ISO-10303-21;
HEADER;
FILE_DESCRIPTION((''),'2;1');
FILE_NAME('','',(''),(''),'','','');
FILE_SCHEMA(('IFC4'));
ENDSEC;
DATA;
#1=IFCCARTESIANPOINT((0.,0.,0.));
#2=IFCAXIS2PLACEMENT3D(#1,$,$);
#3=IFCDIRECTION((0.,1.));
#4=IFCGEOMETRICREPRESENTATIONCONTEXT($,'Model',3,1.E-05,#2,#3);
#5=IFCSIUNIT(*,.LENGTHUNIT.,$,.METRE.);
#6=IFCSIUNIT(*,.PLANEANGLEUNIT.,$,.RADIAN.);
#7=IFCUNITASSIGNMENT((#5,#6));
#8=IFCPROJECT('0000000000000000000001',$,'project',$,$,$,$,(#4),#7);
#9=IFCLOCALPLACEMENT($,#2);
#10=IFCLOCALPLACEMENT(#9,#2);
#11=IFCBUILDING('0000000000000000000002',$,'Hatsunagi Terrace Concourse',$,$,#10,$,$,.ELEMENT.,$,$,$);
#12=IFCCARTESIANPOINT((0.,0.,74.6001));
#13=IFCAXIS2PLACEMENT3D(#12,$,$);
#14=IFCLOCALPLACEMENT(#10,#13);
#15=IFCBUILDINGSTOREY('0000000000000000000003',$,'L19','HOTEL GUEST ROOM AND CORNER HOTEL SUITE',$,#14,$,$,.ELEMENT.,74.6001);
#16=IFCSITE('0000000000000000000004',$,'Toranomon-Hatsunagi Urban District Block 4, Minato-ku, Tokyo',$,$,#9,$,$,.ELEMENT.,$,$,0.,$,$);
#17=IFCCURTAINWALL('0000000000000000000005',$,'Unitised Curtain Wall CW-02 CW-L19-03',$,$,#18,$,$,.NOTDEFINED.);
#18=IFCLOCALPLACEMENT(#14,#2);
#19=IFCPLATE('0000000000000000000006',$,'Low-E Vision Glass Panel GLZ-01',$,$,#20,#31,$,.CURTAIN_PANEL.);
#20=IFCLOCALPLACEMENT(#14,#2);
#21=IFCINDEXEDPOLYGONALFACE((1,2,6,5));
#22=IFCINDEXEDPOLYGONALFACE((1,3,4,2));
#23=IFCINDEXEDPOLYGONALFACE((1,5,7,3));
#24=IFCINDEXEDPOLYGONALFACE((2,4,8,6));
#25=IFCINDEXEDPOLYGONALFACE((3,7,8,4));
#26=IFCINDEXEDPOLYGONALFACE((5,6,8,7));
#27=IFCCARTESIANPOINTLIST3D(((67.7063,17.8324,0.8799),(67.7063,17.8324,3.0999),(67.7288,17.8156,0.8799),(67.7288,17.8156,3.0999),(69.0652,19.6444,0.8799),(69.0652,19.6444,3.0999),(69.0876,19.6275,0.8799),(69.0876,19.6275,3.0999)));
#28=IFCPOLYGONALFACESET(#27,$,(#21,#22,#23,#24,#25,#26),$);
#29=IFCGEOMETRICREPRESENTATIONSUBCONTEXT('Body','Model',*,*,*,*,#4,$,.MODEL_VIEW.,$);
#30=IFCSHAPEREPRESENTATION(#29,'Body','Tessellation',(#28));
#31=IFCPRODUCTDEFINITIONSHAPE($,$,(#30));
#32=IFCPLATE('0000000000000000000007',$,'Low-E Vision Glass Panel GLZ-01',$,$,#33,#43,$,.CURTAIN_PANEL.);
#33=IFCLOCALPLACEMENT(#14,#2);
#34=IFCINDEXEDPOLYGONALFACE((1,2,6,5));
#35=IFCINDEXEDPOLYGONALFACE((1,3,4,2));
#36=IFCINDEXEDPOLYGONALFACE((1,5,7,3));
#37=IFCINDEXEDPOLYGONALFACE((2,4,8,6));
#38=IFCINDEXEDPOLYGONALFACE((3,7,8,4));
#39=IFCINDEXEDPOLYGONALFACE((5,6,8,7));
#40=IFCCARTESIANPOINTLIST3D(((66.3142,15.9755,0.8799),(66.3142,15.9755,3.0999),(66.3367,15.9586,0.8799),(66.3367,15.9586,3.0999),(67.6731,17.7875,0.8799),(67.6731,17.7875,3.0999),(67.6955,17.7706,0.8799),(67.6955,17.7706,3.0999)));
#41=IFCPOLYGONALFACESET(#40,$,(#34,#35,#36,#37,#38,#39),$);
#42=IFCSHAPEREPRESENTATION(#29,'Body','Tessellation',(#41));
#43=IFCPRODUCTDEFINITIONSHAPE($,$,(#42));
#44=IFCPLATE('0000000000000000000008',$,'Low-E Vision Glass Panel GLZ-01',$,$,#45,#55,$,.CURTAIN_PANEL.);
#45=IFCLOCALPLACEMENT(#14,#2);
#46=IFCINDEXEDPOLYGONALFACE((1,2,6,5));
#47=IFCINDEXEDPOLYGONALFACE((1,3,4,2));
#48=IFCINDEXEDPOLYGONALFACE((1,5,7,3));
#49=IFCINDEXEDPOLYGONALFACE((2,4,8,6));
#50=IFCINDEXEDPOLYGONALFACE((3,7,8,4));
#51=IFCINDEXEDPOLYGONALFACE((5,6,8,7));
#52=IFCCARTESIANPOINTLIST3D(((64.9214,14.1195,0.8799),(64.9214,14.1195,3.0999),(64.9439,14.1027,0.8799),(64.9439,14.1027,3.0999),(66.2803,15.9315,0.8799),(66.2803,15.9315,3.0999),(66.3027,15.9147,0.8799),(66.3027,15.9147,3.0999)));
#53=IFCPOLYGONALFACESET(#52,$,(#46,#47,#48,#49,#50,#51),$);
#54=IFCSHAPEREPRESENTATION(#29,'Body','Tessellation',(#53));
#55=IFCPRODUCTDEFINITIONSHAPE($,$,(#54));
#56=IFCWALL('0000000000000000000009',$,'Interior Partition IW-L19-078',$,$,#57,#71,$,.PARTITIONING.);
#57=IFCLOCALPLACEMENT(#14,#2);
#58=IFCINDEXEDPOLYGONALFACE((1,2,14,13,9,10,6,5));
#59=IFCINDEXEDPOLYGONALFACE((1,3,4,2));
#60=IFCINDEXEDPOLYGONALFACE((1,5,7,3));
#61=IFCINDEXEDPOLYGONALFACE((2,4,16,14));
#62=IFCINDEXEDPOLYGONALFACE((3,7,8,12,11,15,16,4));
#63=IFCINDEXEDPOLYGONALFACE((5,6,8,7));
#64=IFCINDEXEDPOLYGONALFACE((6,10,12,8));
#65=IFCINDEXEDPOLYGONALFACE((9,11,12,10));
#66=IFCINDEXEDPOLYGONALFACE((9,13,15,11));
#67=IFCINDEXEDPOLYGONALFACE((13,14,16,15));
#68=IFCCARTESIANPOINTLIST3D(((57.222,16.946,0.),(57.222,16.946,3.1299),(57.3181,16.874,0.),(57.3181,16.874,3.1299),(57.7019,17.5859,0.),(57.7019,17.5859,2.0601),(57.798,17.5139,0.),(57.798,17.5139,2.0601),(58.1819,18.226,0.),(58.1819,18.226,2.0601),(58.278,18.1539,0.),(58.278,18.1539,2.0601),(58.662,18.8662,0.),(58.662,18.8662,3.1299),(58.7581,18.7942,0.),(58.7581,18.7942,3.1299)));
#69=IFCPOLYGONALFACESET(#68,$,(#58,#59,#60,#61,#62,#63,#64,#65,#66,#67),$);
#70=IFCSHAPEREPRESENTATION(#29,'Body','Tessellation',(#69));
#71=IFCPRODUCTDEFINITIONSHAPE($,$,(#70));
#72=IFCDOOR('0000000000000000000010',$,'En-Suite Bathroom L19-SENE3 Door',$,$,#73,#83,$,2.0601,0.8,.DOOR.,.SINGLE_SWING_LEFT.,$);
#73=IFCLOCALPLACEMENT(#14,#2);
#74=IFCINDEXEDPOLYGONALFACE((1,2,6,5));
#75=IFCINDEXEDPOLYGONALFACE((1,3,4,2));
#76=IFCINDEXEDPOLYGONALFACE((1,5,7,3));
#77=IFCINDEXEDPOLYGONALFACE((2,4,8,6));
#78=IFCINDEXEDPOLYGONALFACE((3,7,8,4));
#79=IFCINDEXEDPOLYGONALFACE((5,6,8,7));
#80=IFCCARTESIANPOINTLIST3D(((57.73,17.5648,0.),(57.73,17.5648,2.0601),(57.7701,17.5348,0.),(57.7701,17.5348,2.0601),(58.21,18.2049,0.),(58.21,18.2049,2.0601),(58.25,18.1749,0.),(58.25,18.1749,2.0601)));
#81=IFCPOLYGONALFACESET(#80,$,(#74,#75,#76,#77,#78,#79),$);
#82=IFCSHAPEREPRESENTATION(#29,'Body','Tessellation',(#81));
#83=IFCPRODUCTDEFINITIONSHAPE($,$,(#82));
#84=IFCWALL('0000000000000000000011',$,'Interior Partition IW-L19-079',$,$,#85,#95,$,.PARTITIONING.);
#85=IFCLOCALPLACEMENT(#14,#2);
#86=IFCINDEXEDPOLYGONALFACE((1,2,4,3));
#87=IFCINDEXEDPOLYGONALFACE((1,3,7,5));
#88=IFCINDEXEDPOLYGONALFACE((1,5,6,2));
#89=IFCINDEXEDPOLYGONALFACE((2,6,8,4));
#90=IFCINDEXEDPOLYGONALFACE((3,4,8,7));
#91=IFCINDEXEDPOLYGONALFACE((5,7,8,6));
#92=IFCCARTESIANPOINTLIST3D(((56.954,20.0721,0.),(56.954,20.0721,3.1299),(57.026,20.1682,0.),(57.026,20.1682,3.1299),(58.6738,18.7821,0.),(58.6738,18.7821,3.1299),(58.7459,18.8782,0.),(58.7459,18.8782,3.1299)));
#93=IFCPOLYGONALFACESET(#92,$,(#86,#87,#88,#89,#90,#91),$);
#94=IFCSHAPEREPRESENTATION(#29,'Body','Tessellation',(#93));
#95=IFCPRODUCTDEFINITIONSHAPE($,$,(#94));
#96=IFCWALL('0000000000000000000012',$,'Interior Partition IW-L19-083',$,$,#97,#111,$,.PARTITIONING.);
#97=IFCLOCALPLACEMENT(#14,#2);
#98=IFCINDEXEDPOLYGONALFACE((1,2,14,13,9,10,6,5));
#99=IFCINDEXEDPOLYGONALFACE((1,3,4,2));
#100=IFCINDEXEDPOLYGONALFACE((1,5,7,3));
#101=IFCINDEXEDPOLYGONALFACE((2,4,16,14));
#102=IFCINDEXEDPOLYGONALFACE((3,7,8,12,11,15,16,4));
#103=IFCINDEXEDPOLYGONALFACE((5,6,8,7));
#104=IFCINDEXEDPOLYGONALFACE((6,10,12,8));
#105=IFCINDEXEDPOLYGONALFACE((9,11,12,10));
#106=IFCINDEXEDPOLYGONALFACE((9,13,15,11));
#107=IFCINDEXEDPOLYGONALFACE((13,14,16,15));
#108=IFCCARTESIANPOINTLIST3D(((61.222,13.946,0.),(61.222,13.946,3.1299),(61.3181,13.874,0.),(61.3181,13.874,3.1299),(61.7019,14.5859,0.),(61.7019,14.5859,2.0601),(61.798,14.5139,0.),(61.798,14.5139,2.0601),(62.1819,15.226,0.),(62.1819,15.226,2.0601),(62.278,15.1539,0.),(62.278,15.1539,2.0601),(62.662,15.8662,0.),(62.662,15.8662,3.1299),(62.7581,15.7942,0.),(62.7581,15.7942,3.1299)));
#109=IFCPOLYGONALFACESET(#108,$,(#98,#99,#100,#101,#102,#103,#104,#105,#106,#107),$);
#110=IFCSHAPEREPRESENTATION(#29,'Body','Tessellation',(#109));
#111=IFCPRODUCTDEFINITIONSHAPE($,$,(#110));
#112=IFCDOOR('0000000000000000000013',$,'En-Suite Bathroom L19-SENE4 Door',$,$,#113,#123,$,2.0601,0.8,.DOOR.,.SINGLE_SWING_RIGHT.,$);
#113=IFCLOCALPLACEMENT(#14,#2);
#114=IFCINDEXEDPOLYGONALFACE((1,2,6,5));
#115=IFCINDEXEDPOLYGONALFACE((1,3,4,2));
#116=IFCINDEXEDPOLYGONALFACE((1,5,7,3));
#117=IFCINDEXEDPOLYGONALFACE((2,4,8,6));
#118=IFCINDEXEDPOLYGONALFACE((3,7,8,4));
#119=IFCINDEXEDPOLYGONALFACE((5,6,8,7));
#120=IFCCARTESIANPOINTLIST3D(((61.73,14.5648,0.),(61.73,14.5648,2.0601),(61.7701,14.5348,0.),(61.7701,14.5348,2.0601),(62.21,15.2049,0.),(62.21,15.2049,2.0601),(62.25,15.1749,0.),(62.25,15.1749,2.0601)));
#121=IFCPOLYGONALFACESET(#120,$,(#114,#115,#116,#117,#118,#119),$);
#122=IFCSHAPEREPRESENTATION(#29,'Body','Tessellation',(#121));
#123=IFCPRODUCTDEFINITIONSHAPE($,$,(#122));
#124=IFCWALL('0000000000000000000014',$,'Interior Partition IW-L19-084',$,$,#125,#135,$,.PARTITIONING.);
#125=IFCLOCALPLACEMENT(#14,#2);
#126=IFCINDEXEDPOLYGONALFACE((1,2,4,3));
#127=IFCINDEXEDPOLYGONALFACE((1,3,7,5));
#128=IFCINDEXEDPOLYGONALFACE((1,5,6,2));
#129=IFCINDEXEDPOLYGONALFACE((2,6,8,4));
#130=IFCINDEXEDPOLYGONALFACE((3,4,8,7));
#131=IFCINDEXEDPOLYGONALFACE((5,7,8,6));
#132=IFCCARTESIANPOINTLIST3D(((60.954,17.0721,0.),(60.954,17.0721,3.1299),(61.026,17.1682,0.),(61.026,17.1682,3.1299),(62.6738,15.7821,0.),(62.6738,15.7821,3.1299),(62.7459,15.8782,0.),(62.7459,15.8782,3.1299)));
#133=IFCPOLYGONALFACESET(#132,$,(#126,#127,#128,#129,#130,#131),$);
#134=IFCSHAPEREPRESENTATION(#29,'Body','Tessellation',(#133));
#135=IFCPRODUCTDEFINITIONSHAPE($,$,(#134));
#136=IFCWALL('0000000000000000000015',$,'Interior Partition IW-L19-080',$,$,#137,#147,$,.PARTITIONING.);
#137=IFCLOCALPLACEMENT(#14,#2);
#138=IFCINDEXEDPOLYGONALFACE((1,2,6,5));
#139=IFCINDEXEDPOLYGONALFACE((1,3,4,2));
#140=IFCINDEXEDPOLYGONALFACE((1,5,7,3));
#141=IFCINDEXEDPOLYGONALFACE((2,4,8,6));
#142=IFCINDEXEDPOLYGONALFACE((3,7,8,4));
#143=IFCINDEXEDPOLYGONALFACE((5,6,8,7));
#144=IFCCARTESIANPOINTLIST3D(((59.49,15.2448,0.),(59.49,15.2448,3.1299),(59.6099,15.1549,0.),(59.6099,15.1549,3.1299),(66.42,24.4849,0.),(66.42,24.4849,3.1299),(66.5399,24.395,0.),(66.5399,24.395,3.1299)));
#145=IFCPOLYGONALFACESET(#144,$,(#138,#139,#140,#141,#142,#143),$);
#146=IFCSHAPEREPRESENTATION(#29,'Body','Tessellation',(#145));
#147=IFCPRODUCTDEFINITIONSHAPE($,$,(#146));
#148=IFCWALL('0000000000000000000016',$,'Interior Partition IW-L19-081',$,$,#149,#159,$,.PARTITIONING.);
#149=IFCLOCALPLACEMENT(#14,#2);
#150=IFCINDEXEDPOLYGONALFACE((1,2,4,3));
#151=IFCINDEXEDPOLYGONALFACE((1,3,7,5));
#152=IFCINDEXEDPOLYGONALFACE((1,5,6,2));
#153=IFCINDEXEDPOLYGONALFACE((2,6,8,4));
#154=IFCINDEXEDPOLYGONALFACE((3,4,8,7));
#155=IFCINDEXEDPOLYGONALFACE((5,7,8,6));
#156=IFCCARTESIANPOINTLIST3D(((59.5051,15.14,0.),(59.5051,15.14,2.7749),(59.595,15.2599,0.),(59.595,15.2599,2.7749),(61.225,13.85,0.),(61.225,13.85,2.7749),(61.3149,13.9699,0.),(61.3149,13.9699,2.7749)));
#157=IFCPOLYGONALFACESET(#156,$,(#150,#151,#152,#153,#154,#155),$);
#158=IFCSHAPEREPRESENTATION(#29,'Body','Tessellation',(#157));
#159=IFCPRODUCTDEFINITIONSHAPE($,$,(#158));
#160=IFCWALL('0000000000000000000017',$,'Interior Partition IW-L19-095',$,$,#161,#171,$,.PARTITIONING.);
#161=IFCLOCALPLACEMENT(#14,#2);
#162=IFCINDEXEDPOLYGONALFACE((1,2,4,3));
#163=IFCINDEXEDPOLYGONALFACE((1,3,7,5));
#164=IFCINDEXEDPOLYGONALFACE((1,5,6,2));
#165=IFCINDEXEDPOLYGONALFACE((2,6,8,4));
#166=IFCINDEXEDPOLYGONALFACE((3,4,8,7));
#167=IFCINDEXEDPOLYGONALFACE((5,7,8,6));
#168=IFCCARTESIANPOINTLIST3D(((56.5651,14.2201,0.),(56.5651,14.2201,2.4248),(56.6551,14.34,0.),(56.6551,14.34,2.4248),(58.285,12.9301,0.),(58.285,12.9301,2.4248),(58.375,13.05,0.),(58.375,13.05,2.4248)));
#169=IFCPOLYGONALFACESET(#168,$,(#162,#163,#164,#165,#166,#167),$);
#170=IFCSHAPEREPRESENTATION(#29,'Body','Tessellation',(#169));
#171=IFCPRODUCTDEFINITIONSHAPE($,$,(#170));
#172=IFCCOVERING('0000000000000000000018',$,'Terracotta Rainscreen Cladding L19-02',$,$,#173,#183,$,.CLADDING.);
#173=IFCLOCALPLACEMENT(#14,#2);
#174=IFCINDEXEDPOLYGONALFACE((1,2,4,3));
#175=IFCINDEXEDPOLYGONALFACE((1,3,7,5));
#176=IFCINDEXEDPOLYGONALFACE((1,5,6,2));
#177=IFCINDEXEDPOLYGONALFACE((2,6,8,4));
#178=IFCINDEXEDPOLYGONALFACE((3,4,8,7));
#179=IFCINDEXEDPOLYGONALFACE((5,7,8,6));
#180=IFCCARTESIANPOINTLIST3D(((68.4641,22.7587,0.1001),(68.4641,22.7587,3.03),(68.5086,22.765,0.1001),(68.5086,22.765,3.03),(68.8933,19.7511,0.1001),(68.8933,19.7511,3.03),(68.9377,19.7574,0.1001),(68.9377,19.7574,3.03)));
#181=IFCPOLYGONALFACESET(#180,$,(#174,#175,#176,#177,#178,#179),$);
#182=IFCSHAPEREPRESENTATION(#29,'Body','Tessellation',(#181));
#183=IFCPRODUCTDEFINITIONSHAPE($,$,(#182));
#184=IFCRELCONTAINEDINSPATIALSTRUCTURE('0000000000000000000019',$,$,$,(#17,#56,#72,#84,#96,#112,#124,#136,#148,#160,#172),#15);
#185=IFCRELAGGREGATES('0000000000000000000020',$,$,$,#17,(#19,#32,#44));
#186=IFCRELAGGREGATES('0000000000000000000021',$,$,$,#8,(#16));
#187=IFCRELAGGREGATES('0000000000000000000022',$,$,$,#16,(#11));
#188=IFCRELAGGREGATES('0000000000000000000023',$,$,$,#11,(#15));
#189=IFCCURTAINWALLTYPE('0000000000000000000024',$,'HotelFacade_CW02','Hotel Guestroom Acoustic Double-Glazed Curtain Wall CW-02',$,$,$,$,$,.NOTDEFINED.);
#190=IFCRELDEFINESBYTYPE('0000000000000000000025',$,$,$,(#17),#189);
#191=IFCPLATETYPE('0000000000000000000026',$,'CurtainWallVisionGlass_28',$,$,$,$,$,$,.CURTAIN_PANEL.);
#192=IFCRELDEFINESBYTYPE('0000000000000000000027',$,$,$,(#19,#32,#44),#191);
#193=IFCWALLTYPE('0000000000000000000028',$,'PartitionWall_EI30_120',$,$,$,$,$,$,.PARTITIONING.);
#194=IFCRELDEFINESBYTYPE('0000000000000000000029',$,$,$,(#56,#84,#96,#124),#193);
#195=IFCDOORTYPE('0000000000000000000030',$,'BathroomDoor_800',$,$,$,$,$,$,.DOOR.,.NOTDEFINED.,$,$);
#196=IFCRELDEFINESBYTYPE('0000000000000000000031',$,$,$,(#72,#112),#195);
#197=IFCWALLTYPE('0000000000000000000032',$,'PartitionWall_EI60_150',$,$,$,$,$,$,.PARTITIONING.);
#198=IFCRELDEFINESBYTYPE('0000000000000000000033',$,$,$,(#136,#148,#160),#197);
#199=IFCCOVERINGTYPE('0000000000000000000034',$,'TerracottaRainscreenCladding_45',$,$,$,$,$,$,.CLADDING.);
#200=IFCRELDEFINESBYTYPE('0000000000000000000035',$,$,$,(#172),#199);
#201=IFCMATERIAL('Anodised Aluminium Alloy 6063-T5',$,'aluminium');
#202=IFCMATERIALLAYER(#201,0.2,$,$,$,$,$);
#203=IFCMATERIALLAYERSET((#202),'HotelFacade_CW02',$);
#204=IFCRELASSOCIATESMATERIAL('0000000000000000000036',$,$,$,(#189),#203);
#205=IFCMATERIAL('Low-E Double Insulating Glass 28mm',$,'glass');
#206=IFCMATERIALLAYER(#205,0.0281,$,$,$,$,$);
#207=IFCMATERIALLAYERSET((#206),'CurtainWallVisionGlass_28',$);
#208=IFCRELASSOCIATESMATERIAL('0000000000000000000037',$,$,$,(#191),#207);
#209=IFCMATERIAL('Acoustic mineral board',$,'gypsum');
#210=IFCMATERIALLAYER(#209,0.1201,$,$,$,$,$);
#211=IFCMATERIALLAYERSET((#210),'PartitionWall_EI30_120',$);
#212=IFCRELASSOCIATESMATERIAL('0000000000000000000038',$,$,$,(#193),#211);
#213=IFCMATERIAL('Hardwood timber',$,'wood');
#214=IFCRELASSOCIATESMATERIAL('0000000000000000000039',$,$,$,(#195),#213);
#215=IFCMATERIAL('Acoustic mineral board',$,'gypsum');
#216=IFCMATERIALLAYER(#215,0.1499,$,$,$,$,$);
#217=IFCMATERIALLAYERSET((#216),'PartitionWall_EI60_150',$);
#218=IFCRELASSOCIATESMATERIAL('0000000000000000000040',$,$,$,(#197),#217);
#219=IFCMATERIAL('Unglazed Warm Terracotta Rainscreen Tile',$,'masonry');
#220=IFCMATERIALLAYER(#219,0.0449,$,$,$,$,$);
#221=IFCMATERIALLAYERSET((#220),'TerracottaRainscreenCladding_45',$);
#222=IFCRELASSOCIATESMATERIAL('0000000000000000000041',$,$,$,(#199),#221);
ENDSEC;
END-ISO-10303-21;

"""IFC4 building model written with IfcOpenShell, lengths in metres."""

from ifc_helpers import new_model, si_unit, direction, frame, frame_2d, origin, origin_2d, place, context, subcontext, project, spatial, rectangle, extrude, material, layer, layer_set, type_object, element, fill, aggregate, save


model = new_model("IFC4")

# Units and contexts
model_context = context("Model", 3, precision=1e-05, world=origin(), true_north=direction((0.0, 1.0)))
body_context = subcontext(model_context, "Body", "Model", "MODEL_VIEW")
ifc_project = project(units=[si_unit("LENGTHUNIT", "METRE"), si_unit("PLANEANGLEUNIT", "RADIAN")], contexts=[model_context])

# Site, building, storey
site_placement = place(None, origin())
site = spatial("IfcSite", under=ifc_project, at=site_placement, Name="Toranomon-Hatsunagi Urban District Block 4, Minato-ku, Tokyo", CompositionType="ELEMENT", RefElevation=0.0)
building_placement = place(site_placement, origin())
building = spatial("IfcBuilding", under=site, at=building_placement, Name="Hatsunagi Terrace Concourse", CompositionType="ELEMENT")
storey_placement = place(building_placement, frame((0.0, 0.0, 74.6001)))
storey = spatial("IfcBuildingStorey", under=building, at=storey_placement, Name="L19", Description="HOTEL GUEST ROOM AND CORNER HOTEL SUITE", CompositionType="ELEMENT", Elevation=74.6001)

# Curtain wall, plates
ifc_material_1 = material(Name="Anodised Aluminium Alloy 6063-T5", Category="aluminium")
ifc_layer_1 = layer(ifc_material_1, 0.2)
ifc_layer_set_1 = layer_set([ifc_layer_1], Name="HotelFacade_CW02")
curtain_wall_type = type_object("IfcCurtainWallType", Name="HotelFacade_CW02", Description="Hotel Guestroom Acoustic Double-Glazed Curtain Wall CW-02", PredefinedType="NOTDEFINED", material=ifc_layer_set_1)
curtain_wall_placement = place(storey_placement, origin())
curtain_wall = element("IfcCurtainWall", 1, at=curtain_wall_placement, inside=storey, type_object=curtain_wall_type, Name="Unitised Curtain Wall CW-02 CW-L19-03", PredefinedType="NOTDEFINED")
ifc_material_2 = material(Name="Low-E Double Insulating Glass 28mm", Category="glass")
ifc_layer_2 = layer(ifc_material_2, 0.0281)
ifc_layer_set_2 = layer_set([ifc_layer_2], Name="CurtainWallVisionGlass_28")
plate_type_1 = type_object("IfcPlateType", Name="CurtainWallVisionGlass_28", PredefinedType="CURTAIN_PANEL", material=ifc_layer_set_2)
plate_1_placement = place(storey_placement, frame((68.397, 18.73, 0.8799), z_axis=(0.0, 0.0, 1.0), x_axis=(-0.599969, -0.800023, 0.0)))
plate_1 = element("IfcPlate", 2, at=plate_1_placement, type_object=plate_type_1, Name="Low-E Vision Glass Panel GLZ-01", PredefinedType="CURTAIN_PANEL", context=body_context, shape_type="SweptSolid", body=[
    extrude(rectangle(XDim=2.2649, YDim=0.0281, at=origin_2d()), origin(), (0.0, 0.0, 1.0), 2.22),
])
plate_2_placement = place(storey_placement, frame((67.0049, 16.873, 0.8799), z_axis=(0.0, 0.0, 1.0), x_axis=(-0.599969, -0.800023, 0.0)))
plate_2 = element("IfcPlate", 3, at=plate_2_placement, type_object=plate_type_1, Name="Low-E Vision Glass Panel GLZ-01", PredefinedType="CURTAIN_PANEL", context=body_context, shape_type="SweptSolid", body=[
    extrude(rectangle(XDim=2.2649, YDim=0.0281, at=origin_2d()), origin(), (0.0, 0.0, 1.0), 2.22),
])
plate_3_placement = place(storey_placement, frame((65.6121, 15.0171, 0.8799), z_axis=(0.0, 0.0, 1.0), x_axis=(-0.599969, -0.800023, 0.0)))
plate_3 = element("IfcPlate", 4, at=plate_3_placement, type_object=plate_type_1, Name="Low-E Vision Glass Panel GLZ-01", PredefinedType="CURTAIN_PANEL", context=body_context, shape_type="SweptSolid", body=[
    extrude(rectangle(XDim=2.2649, YDim=0.0281, at=origin_2d()), origin(), (0.0, 0.0, 1.0), 2.22),
])
aggregate(curtain_wall, [plate_1, plate_2, plate_3])

# Wall, opening, door
ifc_material_3 = material(Name="Acoustic mineral board", Category="gypsum")
ifc_layer_3 = layer(ifc_material_3, 0.1201)
ifc_layer_set_3 = layer_set([ifc_layer_3], Name="PartitionWall_EI30_120")
wall_type_1 = type_object("IfcWallType", Name="PartitionWall_EI30_120", PredefinedType="PARTITIONING", material=ifc_layer_set_3)
wall_1_placement = place(storey_placement, frame((57.27, 16.9099, 0.0), z_axis=(0.0, 0.0, 1.0), x_axis=(0.599951, 0.800037, 0.0)))
wall_1 = element("IfcWall", 5, at=wall_1_placement, inside=storey, type_object=wall_type_1, Name="Interior Partition IW-L19-078", PredefinedType="PARTITIONING", context=body_context, shape_type="SweptSolid", body=[
    extrude(rectangle(XDim=2.4001, YDim=0.1201, at=frame_2d((1.2002, 0.0))), origin(), (0.0, 0.0, 1.0), 3.1299),
])
opening_1_placement = place(wall_1_placement, frame((0.8, 0.0, 0.0)))
opening_1 = element("IfcOpeningElement", 6, at=opening_1_placement, cuts=wall_1, PredefinedType="OPENING", context=body_context, shape_type="SweptSolid", body=[
    extrude(rectangle(XDim=0.8, YDim=2.0601, at=frame_2d((0.3999, 1.03))), frame((0.0, 0.0701, 0.0), z_axis=(0.0, -1.0, 0.0), x_axis=(1.0, 0.0, 0.0)), (0.0, 0.0, 1.0), 0.1401),
])
ifc_material_4 = material(Name="Hardwood timber", Category="wood")
door_type_1 = type_object("IfcDoorType", Name="BathroomDoor_800", OperationType="NOTDEFINED", PredefinedType="DOOR", material=ifc_material_4)
door_1_placement = place(opening_1_placement, origin())
door_1 = element("IfcDoor", 7, at=door_1_placement, inside=storey, type_object=door_type_1, Name="En-Suite Bathroom L19-SENE3 Door", OperationType="SINGLE_SWING_LEFT", OverallHeight=2.0601, OverallWidth=0.8, PredefinedType="DOOR", context=body_context, shape_type="SweptSolid", body=[
    extrude(rectangle(XDim=0.8, YDim=2.0601, at=frame_2d((0.3999, 1.03))), frame((0.0, 0.0249, 0.0), z_axis=(0.0, -1.0, 0.0), x_axis=(1.0, 0.0, 0.0)), (0.0, 0.0, 1.0), 0.05),
])
fill(opening_1, door_1)

# Wall
wall_2_placement = place(storey_placement, frame((56.99, 20.1201, 0.0), z_axis=(0.0, 0.0, 1.0), x_axis=(0.799986, -0.600018, 0.0)))
element("IfcWall", 8, at=wall_2_placement, inside=storey, type_object=wall_type_1, Name="Interior Partition IW-L19-079", PredefinedType="PARTITIONING", context=body_context, shape_type="SweptSolid", body=[
    extrude(rectangle(XDim=2.1499, YDim=0.1201, at=frame_2d((1.075, 0.0))), origin(), (0.0, 0.0, 1.0), 3.1299),
])

# Wall, opening, door
wall_3_placement = place(storey_placement, frame((61.27, 13.9099, 0.0), z_axis=(0.0, 0.0, 1.0), x_axis=(0.599951, 0.800037, 0.0)))
wall_3 = element("IfcWall", 9, at=wall_3_placement, inside=storey, type_object=wall_type_1, Name="Interior Partition IW-L19-083", PredefinedType="PARTITIONING", context=body_context, shape_type="SweptSolid", body=[
    extrude(rectangle(XDim=2.4001, YDim=0.1201, at=frame_2d((1.2002, 0.0))), origin(), (0.0, 0.0, 1.0), 3.1299),
])
opening_2_placement = place(wall_3_placement, frame((0.8, 0.0, 0.0)))
opening_2 = element("IfcOpeningElement", 10, at=opening_2_placement, cuts=wall_3, PredefinedType="OPENING", context=body_context, shape_type="SweptSolid", body=[
    extrude(rectangle(XDim=0.8, YDim=2.0601, at=frame_2d((0.3999, 1.03))), frame((0.0, 0.0701, 0.0), z_axis=(0.0, -1.0, 0.0), x_axis=(1.0, 0.0, 0.0)), (0.0, 0.0, 1.0), 0.1401),
])
door_2_placement = place(opening_2_placement, origin())
door_2 = element("IfcDoor", 11, at=door_2_placement, inside=storey, type_object=door_type_1, Name="En-Suite Bathroom L19-SENE4 Door", OperationType="SINGLE_SWING_RIGHT", OverallHeight=2.0601, OverallWidth=0.8, PredefinedType="DOOR", context=body_context, shape_type="SweptSolid", body=[
    extrude(rectangle(XDim=0.8, YDim=2.0601, at=frame_2d((0.3999, 1.03))), frame((0.0, 0.0249, 0.0), z_axis=(0.0, -1.0, 0.0), x_axis=(1.0, 0.0, 0.0)), (0.0, 0.0, 1.0), 0.05),
])
fill(opening_2, door_2)

# Wall
wall_4_placement = place(storey_placement, frame((60.99, 17.1201, 0.0), z_axis=(0.0, 0.0, 1.0), x_axis=(0.799986, -0.600018, 0.0)))
element("IfcWall", 12, at=wall_4_placement, inside=storey, type_object=wall_type_1, Name="Interior Partition IW-L19-084", PredefinedType="PARTITIONING", context=body_context, shape_type="SweptSolid", body=[
    extrude(rectangle(XDim=2.1499, YDim=0.1201, at=frame_2d((1.075, 0.0))), origin(), (0.0, 0.0, 1.0), 3.1299),
])

# Shared definitions
ifc_material_5 = material(Name="Acoustic mineral board", Category="gypsum")
ifc_layer_4 = layer(ifc_material_5, 0.1499)
ifc_layer_set_4 = layer_set([ifc_layer_4], Name="PartitionWall_EI60_150")
wall_type_2 = type_object("IfcWallType", Name="PartitionWall_EI60_150", PredefinedType="PARTITIONING", material=ifc_layer_set_4)

# Walls
wall_5_placement = place(storey_placement, frame((59.55, 15.2, 0.0), z_axis=(0.0, 0.0, 1.0), x_axis=(0.599997, 0.800003, 0.0)))
element("IfcWall", 13, at=wall_5_placement, inside=storey, type_object=wall_type_2, Name="Interior Partition IW-L19-080", PredefinedType="PARTITIONING", context=body_context, shape_type="SweptSolid", body=[
    extrude(rectangle(XDim=11.55, YDim=0.1499, at=frame_2d((5.7749, 0.0))), origin(), (0.0, 0.0, 1.0), 3.1299),
])
wall_6_placement = place(storey_placement, frame((59.55, 15.2, 0.0), z_axis=(0.0, 0.0, 1.0), x_axis=(0.799986, -0.600018, 0.0)))
element("IfcWall", 14, at=wall_6_placement, inside=storey, type_object=wall_type_2, Name="Interior Partition IW-L19-081", PredefinedType="PARTITIONING", context=body_context, shape_type="SweptSolid", body=[
    extrude(rectangle(XDim=2.1499, YDim=0.1499, at=frame_2d((1.075, 0.0))), origin(), (0.0, 0.0, 1.0), 2.7749),
])
wall_7_placement = place(storey_placement, frame((56.6101, 14.28, 0.0), z_axis=(0.0, 0.0, 1.0), x_axis=(0.799986, -0.600018, 0.0)))
element("IfcWall", 15, at=wall_7_placement, inside=storey, type_object=wall_type_2, Name="Interior Partition IW-L19-095", PredefinedType="PARTITIONING", context=body_context, shape_type="SweptSolid", body=[
    extrude(rectangle(XDim=2.1499, YDim=0.1499, at=frame_2d((1.075, 0.0))), origin(), (0.0, 0.0, 1.0), 2.4248),
])

# Covering
ifc_material_6 = material(Name="Unglazed Warm Terracotta Rainscreen Tile", Category="masonry")
ifc_layer_5 = layer(ifc_material_6, 0.0449)
ifc_layer_set_5 = layer_set([ifc_layer_5], Name="TerracottaRainscreenCladding_45")
covering_type = type_object("IfcCoveringType", Name="TerracottaRainscreenCladding_45", PredefinedType="CLADDING", material=ifc_layer_set_5)
covering_placement = place(storey_placement, frame((68.7009, 21.2581, 0.1001), z_axis=(0.0, 0.0, 1.0), x_axis=(0.14125, -0.989974, 0.0)))
element("IfcCovering", 16, at=covering_placement, inside=storey, type_object=covering_type, Name="Terracotta Rainscreen Cladding L19-02", PredefinedType="CLADDING", context=body_context, shape_type="SweptSolid", body=[
    extrude(rectangle(XDim=3.0381, YDim=0.0449, at=origin_2d()), origin(), (0.0, 0.0, 1.0), 2.9299),
])

save(model, "model.ifc")
